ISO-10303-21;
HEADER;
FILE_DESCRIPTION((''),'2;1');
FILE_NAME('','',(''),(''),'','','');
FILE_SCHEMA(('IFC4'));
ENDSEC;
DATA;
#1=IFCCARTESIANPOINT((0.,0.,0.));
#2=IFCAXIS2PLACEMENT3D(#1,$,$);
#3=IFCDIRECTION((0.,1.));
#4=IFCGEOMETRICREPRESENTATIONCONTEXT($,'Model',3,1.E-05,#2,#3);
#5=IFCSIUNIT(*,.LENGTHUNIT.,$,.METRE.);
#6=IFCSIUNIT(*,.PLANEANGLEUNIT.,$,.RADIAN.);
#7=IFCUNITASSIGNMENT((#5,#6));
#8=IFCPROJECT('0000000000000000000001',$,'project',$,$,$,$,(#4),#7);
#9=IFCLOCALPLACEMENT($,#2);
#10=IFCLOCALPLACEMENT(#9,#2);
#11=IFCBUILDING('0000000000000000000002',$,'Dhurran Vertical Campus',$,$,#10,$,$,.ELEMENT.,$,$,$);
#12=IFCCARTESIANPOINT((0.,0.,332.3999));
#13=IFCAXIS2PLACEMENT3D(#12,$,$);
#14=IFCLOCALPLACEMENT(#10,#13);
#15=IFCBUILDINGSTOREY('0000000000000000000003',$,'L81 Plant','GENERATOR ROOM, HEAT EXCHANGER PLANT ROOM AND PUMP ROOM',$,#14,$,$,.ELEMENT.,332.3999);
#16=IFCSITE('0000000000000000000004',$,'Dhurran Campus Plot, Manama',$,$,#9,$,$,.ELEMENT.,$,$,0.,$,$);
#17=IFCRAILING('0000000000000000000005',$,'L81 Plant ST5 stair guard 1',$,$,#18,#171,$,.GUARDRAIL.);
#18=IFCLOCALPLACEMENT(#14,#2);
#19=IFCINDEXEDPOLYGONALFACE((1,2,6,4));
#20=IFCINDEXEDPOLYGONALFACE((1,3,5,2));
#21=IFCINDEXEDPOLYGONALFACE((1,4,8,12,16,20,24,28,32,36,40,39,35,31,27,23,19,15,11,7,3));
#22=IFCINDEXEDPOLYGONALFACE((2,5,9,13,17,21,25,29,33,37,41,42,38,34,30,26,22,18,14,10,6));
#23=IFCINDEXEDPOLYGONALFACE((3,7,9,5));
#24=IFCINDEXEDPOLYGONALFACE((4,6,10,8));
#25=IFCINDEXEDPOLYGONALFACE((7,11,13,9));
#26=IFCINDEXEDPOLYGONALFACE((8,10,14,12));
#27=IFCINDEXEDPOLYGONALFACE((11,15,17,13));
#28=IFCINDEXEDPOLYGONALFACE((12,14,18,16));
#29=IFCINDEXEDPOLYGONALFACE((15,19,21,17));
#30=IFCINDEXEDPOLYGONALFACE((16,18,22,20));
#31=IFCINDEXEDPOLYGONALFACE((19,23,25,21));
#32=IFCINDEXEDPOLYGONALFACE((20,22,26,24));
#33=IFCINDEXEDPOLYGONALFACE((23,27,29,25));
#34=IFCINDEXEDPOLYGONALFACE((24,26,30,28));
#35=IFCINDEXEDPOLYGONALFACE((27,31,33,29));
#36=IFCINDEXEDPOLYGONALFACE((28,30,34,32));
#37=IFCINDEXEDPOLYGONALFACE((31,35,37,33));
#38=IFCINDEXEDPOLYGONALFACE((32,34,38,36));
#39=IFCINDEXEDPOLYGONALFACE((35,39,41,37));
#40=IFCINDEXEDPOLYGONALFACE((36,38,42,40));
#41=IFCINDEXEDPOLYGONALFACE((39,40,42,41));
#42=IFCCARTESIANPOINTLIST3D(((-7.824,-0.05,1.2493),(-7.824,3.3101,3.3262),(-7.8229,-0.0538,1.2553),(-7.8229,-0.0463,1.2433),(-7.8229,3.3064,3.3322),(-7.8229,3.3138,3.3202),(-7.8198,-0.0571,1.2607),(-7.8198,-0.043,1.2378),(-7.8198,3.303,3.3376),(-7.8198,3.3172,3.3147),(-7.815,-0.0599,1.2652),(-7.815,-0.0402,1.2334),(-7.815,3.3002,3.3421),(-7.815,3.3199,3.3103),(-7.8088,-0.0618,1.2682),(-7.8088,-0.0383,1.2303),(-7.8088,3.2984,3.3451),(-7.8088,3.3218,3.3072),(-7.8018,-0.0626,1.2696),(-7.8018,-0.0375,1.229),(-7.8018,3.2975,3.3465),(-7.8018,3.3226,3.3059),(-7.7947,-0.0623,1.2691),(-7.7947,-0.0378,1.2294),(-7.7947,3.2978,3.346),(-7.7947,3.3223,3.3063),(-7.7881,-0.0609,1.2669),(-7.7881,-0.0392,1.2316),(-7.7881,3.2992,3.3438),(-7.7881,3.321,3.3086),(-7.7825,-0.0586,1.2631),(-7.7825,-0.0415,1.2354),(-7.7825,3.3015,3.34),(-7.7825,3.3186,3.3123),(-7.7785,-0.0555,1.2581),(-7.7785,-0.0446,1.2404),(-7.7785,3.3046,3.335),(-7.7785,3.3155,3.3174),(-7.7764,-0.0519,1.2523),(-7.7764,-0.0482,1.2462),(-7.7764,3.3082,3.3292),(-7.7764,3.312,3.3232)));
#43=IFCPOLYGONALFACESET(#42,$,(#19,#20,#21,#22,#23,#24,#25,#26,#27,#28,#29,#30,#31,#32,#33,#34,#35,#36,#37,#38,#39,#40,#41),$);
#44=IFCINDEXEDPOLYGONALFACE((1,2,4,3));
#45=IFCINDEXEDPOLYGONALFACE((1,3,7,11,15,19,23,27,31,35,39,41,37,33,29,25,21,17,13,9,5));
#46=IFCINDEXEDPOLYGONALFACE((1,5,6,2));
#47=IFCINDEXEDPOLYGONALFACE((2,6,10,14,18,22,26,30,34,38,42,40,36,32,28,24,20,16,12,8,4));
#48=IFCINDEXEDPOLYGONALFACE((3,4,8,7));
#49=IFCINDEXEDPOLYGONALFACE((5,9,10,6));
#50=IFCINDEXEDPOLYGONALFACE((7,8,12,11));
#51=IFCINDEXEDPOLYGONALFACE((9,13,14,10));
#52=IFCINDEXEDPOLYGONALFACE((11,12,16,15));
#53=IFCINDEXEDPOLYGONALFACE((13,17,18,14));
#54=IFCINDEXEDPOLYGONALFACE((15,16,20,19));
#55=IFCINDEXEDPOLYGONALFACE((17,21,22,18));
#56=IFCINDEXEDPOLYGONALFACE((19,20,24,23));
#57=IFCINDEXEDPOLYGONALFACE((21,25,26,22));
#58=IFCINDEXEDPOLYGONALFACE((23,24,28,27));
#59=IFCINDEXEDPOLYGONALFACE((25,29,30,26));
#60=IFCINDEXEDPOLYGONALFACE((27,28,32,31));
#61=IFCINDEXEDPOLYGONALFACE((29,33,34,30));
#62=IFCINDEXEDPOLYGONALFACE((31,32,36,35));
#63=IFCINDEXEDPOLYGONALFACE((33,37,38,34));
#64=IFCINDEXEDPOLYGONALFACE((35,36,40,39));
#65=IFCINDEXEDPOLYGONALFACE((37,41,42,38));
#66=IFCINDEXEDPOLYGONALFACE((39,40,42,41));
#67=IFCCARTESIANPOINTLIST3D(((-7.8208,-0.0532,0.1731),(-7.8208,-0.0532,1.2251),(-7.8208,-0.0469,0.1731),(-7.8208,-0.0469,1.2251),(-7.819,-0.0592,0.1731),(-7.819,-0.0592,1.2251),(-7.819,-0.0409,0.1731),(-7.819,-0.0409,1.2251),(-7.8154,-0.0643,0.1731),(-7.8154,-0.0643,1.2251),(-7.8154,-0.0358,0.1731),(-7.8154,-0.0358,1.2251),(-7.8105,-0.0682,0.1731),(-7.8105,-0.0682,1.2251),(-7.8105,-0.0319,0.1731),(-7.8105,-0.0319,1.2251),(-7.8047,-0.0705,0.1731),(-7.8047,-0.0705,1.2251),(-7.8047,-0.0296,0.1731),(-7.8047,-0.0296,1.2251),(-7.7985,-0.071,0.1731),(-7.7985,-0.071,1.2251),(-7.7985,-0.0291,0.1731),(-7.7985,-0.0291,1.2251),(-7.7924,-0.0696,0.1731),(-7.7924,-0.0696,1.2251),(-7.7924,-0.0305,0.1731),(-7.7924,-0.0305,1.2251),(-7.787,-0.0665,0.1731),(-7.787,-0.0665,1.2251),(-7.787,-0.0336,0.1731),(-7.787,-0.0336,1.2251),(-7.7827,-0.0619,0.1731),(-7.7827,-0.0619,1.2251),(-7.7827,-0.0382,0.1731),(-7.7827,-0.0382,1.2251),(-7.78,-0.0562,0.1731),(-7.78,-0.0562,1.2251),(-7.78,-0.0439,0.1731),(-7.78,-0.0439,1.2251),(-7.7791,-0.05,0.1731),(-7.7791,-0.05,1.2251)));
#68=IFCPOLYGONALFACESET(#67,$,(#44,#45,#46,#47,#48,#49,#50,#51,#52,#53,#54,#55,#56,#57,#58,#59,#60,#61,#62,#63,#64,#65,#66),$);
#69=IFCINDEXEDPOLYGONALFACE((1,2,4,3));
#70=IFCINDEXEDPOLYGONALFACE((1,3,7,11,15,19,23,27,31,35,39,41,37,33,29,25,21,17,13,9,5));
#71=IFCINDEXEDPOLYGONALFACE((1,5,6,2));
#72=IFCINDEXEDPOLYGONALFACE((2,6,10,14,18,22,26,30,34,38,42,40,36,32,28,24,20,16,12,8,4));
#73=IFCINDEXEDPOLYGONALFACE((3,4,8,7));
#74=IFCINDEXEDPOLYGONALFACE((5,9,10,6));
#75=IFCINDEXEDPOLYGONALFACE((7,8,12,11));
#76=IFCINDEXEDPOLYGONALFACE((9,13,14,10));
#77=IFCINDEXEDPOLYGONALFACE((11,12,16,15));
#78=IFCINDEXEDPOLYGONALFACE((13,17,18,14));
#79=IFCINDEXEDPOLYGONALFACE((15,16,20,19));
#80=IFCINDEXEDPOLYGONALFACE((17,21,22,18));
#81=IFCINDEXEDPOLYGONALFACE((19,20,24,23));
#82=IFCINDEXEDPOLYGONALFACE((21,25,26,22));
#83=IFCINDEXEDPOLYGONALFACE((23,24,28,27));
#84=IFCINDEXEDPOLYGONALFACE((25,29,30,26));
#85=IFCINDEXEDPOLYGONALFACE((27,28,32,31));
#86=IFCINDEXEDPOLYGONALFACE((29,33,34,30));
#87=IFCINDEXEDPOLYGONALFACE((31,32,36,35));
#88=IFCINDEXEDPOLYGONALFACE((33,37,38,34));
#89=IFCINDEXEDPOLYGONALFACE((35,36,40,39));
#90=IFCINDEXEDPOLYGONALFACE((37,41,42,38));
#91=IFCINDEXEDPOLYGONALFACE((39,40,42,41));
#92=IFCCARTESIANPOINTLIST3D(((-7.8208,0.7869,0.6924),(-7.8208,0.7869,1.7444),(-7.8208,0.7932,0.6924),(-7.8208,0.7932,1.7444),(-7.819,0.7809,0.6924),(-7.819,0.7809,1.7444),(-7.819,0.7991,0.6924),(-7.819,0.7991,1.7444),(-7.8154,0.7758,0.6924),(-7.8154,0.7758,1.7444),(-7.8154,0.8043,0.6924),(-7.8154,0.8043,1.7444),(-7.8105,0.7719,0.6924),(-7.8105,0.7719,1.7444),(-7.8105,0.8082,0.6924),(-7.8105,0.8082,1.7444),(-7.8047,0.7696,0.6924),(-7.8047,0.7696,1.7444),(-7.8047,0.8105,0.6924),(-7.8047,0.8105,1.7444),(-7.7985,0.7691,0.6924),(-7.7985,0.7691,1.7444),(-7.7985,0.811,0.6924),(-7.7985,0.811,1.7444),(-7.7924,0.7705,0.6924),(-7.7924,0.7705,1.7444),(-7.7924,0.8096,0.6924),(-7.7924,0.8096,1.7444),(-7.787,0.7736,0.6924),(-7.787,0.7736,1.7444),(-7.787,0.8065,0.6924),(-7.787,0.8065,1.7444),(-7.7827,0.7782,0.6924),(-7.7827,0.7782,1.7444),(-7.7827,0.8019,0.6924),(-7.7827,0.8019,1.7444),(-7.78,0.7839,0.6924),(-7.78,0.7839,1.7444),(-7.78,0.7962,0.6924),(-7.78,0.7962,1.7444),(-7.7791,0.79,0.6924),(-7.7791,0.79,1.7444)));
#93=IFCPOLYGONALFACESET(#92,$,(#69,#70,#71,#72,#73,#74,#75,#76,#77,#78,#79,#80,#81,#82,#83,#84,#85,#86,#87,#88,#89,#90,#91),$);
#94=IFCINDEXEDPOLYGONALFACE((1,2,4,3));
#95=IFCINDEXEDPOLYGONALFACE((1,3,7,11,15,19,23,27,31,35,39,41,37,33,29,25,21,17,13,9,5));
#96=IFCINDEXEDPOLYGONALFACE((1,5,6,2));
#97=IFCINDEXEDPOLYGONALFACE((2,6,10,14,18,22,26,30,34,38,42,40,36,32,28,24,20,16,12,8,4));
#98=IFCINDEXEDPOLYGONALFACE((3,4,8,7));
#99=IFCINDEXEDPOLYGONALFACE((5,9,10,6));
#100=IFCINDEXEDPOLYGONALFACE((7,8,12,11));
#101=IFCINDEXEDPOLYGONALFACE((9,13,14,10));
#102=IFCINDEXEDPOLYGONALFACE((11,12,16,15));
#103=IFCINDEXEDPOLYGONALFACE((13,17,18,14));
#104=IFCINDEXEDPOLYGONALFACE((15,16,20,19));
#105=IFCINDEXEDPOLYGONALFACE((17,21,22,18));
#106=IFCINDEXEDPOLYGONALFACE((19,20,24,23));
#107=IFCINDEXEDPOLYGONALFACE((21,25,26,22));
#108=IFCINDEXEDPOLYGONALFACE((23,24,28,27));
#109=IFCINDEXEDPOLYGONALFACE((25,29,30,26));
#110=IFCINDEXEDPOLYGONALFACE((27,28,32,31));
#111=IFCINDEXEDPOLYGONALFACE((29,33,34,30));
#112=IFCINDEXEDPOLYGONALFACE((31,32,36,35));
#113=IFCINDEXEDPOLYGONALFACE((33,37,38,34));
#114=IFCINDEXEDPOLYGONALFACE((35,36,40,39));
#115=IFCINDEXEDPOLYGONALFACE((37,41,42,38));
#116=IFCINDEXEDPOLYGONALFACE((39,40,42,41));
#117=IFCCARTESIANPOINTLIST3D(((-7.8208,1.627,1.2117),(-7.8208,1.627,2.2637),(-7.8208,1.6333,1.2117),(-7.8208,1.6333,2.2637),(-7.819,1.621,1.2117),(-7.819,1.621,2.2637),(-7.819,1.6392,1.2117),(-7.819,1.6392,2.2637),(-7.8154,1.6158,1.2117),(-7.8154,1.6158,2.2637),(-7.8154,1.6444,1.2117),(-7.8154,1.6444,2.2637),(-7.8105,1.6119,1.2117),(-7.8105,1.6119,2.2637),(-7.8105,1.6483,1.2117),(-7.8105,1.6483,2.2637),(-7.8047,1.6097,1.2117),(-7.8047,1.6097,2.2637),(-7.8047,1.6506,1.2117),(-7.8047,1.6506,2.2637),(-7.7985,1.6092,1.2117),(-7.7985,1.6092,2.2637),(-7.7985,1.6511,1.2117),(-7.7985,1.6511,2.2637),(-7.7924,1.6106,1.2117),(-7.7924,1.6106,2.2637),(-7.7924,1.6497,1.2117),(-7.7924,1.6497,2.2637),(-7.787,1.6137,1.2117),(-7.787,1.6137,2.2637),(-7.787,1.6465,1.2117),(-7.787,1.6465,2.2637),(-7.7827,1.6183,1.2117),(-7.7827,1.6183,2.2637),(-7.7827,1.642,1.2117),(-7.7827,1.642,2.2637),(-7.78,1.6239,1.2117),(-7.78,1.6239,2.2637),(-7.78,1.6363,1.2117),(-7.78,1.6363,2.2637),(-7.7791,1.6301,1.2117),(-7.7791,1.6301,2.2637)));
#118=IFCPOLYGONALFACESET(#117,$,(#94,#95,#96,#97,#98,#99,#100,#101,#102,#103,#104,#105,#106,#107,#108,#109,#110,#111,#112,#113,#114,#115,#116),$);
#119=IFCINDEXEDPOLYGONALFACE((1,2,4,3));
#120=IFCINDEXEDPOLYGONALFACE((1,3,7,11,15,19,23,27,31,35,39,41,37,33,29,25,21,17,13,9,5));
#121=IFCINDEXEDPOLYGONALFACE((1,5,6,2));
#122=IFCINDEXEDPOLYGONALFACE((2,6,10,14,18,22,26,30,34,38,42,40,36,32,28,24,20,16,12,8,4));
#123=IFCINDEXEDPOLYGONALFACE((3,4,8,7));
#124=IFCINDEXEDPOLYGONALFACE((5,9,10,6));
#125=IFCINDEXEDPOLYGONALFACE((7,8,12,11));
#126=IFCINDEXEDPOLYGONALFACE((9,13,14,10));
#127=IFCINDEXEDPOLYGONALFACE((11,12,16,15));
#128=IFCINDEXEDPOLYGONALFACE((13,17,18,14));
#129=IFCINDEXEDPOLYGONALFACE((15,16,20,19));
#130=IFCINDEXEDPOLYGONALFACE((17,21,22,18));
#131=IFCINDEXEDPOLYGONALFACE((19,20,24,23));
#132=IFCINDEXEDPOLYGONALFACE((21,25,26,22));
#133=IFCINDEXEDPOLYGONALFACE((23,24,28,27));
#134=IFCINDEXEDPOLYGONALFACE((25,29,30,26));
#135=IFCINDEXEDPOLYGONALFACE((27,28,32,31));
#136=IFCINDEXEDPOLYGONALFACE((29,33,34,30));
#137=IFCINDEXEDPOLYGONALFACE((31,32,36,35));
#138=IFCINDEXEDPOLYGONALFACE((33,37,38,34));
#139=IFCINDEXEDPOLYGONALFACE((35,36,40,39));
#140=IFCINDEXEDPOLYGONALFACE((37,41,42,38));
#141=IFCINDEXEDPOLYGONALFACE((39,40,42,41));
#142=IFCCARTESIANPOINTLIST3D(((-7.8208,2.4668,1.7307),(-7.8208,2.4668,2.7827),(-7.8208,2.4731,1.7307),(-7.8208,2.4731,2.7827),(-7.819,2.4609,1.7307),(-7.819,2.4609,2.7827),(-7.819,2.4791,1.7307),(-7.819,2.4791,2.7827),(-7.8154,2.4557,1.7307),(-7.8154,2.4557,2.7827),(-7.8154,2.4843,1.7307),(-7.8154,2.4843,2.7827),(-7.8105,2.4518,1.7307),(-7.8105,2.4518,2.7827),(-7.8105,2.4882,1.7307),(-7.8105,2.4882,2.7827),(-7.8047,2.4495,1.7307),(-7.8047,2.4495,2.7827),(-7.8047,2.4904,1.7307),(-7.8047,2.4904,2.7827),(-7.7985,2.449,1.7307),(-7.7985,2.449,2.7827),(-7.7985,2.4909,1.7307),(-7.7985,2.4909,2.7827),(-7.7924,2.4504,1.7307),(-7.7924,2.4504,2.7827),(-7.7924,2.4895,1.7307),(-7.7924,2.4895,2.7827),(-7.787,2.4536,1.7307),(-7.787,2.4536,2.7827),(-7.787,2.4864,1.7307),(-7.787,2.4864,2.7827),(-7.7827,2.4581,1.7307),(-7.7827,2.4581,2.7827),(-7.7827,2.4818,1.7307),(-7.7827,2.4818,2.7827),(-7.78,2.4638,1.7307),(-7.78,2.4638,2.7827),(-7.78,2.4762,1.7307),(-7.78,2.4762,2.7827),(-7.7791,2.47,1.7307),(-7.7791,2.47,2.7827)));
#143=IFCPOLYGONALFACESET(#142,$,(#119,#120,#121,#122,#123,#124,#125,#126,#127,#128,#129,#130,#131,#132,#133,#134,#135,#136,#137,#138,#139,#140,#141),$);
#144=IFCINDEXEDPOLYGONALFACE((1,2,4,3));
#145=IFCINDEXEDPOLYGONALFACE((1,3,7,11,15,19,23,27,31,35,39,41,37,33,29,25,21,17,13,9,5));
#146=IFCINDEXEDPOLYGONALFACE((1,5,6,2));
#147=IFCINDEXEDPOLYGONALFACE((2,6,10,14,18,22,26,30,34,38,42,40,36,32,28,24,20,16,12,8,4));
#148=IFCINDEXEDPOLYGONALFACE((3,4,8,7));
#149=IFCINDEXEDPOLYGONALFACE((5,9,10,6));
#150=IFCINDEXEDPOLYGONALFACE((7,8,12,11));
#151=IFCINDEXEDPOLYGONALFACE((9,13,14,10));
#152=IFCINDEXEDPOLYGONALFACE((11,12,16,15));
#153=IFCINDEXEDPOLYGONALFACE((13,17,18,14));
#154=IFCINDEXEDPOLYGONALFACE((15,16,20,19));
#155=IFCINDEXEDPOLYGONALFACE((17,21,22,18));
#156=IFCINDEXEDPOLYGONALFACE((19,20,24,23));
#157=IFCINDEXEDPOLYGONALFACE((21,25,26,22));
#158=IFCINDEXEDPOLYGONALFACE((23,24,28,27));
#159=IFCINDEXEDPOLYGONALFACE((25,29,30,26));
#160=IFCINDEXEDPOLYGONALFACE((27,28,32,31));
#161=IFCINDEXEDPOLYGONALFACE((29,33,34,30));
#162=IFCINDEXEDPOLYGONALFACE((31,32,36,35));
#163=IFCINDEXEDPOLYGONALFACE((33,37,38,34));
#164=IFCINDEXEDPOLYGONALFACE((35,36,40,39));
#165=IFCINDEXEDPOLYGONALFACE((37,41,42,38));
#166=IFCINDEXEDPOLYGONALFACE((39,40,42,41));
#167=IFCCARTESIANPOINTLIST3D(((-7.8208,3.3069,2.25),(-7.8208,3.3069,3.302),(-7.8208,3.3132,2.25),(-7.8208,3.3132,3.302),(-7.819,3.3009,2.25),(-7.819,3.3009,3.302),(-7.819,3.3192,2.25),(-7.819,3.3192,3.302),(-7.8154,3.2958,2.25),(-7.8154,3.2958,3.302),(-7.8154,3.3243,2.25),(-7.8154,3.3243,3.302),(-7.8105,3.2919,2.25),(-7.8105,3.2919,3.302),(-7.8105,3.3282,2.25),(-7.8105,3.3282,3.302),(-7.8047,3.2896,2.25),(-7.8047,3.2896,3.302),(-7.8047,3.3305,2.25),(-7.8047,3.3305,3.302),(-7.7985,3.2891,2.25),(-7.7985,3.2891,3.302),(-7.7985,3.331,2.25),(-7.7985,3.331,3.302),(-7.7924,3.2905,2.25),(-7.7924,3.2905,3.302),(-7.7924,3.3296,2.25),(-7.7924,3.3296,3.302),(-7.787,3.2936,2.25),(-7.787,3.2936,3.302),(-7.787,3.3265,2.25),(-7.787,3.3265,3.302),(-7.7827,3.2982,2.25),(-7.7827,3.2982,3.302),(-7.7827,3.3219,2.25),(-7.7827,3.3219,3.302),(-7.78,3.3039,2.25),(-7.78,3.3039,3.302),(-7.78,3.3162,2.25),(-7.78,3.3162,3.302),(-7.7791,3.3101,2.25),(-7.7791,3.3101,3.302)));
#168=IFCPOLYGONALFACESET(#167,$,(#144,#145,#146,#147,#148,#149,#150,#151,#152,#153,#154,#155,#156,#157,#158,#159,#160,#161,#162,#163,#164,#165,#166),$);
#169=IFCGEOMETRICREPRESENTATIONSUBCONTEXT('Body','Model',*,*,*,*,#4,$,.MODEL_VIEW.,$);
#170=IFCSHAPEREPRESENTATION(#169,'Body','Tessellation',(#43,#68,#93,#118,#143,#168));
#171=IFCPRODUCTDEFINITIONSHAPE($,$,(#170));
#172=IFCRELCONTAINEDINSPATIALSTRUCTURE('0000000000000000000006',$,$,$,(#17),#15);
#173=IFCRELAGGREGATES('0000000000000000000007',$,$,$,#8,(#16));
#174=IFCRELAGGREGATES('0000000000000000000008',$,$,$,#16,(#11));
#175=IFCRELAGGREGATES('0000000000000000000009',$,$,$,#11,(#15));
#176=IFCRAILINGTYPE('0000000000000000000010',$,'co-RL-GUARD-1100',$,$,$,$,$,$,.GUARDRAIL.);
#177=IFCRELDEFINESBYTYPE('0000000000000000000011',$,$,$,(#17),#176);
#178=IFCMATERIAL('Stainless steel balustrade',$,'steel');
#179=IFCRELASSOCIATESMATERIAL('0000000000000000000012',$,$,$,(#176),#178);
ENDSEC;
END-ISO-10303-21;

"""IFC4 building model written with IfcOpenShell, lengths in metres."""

from ifc_helpers import new_model, si_unit, direction, frame, origin, origin_2d, place, context, subcontext, project, spatial, circle, extrude, material, type_object, element, save


model = new_model("IFC4")

# Units and contexts
model_context = context("Model", 3, precision=1e-05, world=origin(), true_north=direction((0.0, 1.0)))
body_context = subcontext(model_context, "Body", "Model", "MODEL_VIEW")
ifc_project = project(units=[si_unit("LENGTHUNIT", "METRE"), si_unit("PLANEANGLEUNIT", "RADIAN")], contexts=[model_context])

# Site, building, storey
site_placement = place(None, origin())
site = spatial("IfcSite", under=ifc_project, at=site_placement, Name="Dhurran Campus Plot, Manama", CompositionType="ELEMENT", RefElevation=0.0)
building_placement = place(site_placement, origin())
building = spatial("IfcBuilding", under=site, at=building_placement, Name="Dhurran Vertical Campus", CompositionType="ELEMENT")
storey_placement = place(building_placement, frame((0.0, 0.0, 332.3999)))
storey = spatial("IfcBuildingStorey", under=building, at=storey_placement, Name="L81 Plant", Description="GENERATOR ROOM, HEAT EXCHANGER PLANT ROOM AND PUMP ROOM", CompositionType="ELEMENT", Elevation=332.3999)

# Railing
ifc_material_1 = material(Name="Stainless steel balustrade", Category="steel")
railing_type = type_object("IfcRailingType", Name="co-RL-GUARD-1100", PredefinedType="GUARDRAIL", material=ifc_material_1)
railing_1_placement = place(storey_placement, frame((-7.8, -0.05, 0.1731)))
element("IfcRailing", 1, at=railing_1_placement, inside=storey, type_object=railing_type, Name="L81 Plant ST5 stair guard 1", PredefinedType="GUARDRAIL", context=body_context, shape_type="SweptSolid", body=[
    extrude(circle(Radius=0.0239, at=origin_2d()), frame((0.0, 0.0, 1.0762), z_axis=(0.0, 0.850623, 0.525776), x_axis=(-1.0, 0.0, 0.0)), (0.0, 0.0, 1.0), 3.9502),
    extrude(circle(Radius=0.021, at=origin_2d()), origin(), (0.0, 0.0, 1.0), 1.052),
    extrude(circle(Radius=0.021, at=origin_2d()), frame((0.0, 0.8401, 0.5193)), (0.0, 0.0, 1.0), 1.052),
    extrude(circle(Radius=0.021, at=origin_2d()), frame((0.0, 1.6802, 1.0386)), (0.0, 0.0, 1.0), 1.052),
    extrude(circle(Radius=0.021, at=origin_2d()), frame((0.0, 2.52, 1.5576)), (0.0, 0.0, 1.0), 1.052),
    extrude(circle(Radius=0.021, at=origin_2d()), frame((0.0, 3.3601, 2.0769)), (0.0, 0.0, 1.0), 1.052),
])

save(model, "model.ifc")
